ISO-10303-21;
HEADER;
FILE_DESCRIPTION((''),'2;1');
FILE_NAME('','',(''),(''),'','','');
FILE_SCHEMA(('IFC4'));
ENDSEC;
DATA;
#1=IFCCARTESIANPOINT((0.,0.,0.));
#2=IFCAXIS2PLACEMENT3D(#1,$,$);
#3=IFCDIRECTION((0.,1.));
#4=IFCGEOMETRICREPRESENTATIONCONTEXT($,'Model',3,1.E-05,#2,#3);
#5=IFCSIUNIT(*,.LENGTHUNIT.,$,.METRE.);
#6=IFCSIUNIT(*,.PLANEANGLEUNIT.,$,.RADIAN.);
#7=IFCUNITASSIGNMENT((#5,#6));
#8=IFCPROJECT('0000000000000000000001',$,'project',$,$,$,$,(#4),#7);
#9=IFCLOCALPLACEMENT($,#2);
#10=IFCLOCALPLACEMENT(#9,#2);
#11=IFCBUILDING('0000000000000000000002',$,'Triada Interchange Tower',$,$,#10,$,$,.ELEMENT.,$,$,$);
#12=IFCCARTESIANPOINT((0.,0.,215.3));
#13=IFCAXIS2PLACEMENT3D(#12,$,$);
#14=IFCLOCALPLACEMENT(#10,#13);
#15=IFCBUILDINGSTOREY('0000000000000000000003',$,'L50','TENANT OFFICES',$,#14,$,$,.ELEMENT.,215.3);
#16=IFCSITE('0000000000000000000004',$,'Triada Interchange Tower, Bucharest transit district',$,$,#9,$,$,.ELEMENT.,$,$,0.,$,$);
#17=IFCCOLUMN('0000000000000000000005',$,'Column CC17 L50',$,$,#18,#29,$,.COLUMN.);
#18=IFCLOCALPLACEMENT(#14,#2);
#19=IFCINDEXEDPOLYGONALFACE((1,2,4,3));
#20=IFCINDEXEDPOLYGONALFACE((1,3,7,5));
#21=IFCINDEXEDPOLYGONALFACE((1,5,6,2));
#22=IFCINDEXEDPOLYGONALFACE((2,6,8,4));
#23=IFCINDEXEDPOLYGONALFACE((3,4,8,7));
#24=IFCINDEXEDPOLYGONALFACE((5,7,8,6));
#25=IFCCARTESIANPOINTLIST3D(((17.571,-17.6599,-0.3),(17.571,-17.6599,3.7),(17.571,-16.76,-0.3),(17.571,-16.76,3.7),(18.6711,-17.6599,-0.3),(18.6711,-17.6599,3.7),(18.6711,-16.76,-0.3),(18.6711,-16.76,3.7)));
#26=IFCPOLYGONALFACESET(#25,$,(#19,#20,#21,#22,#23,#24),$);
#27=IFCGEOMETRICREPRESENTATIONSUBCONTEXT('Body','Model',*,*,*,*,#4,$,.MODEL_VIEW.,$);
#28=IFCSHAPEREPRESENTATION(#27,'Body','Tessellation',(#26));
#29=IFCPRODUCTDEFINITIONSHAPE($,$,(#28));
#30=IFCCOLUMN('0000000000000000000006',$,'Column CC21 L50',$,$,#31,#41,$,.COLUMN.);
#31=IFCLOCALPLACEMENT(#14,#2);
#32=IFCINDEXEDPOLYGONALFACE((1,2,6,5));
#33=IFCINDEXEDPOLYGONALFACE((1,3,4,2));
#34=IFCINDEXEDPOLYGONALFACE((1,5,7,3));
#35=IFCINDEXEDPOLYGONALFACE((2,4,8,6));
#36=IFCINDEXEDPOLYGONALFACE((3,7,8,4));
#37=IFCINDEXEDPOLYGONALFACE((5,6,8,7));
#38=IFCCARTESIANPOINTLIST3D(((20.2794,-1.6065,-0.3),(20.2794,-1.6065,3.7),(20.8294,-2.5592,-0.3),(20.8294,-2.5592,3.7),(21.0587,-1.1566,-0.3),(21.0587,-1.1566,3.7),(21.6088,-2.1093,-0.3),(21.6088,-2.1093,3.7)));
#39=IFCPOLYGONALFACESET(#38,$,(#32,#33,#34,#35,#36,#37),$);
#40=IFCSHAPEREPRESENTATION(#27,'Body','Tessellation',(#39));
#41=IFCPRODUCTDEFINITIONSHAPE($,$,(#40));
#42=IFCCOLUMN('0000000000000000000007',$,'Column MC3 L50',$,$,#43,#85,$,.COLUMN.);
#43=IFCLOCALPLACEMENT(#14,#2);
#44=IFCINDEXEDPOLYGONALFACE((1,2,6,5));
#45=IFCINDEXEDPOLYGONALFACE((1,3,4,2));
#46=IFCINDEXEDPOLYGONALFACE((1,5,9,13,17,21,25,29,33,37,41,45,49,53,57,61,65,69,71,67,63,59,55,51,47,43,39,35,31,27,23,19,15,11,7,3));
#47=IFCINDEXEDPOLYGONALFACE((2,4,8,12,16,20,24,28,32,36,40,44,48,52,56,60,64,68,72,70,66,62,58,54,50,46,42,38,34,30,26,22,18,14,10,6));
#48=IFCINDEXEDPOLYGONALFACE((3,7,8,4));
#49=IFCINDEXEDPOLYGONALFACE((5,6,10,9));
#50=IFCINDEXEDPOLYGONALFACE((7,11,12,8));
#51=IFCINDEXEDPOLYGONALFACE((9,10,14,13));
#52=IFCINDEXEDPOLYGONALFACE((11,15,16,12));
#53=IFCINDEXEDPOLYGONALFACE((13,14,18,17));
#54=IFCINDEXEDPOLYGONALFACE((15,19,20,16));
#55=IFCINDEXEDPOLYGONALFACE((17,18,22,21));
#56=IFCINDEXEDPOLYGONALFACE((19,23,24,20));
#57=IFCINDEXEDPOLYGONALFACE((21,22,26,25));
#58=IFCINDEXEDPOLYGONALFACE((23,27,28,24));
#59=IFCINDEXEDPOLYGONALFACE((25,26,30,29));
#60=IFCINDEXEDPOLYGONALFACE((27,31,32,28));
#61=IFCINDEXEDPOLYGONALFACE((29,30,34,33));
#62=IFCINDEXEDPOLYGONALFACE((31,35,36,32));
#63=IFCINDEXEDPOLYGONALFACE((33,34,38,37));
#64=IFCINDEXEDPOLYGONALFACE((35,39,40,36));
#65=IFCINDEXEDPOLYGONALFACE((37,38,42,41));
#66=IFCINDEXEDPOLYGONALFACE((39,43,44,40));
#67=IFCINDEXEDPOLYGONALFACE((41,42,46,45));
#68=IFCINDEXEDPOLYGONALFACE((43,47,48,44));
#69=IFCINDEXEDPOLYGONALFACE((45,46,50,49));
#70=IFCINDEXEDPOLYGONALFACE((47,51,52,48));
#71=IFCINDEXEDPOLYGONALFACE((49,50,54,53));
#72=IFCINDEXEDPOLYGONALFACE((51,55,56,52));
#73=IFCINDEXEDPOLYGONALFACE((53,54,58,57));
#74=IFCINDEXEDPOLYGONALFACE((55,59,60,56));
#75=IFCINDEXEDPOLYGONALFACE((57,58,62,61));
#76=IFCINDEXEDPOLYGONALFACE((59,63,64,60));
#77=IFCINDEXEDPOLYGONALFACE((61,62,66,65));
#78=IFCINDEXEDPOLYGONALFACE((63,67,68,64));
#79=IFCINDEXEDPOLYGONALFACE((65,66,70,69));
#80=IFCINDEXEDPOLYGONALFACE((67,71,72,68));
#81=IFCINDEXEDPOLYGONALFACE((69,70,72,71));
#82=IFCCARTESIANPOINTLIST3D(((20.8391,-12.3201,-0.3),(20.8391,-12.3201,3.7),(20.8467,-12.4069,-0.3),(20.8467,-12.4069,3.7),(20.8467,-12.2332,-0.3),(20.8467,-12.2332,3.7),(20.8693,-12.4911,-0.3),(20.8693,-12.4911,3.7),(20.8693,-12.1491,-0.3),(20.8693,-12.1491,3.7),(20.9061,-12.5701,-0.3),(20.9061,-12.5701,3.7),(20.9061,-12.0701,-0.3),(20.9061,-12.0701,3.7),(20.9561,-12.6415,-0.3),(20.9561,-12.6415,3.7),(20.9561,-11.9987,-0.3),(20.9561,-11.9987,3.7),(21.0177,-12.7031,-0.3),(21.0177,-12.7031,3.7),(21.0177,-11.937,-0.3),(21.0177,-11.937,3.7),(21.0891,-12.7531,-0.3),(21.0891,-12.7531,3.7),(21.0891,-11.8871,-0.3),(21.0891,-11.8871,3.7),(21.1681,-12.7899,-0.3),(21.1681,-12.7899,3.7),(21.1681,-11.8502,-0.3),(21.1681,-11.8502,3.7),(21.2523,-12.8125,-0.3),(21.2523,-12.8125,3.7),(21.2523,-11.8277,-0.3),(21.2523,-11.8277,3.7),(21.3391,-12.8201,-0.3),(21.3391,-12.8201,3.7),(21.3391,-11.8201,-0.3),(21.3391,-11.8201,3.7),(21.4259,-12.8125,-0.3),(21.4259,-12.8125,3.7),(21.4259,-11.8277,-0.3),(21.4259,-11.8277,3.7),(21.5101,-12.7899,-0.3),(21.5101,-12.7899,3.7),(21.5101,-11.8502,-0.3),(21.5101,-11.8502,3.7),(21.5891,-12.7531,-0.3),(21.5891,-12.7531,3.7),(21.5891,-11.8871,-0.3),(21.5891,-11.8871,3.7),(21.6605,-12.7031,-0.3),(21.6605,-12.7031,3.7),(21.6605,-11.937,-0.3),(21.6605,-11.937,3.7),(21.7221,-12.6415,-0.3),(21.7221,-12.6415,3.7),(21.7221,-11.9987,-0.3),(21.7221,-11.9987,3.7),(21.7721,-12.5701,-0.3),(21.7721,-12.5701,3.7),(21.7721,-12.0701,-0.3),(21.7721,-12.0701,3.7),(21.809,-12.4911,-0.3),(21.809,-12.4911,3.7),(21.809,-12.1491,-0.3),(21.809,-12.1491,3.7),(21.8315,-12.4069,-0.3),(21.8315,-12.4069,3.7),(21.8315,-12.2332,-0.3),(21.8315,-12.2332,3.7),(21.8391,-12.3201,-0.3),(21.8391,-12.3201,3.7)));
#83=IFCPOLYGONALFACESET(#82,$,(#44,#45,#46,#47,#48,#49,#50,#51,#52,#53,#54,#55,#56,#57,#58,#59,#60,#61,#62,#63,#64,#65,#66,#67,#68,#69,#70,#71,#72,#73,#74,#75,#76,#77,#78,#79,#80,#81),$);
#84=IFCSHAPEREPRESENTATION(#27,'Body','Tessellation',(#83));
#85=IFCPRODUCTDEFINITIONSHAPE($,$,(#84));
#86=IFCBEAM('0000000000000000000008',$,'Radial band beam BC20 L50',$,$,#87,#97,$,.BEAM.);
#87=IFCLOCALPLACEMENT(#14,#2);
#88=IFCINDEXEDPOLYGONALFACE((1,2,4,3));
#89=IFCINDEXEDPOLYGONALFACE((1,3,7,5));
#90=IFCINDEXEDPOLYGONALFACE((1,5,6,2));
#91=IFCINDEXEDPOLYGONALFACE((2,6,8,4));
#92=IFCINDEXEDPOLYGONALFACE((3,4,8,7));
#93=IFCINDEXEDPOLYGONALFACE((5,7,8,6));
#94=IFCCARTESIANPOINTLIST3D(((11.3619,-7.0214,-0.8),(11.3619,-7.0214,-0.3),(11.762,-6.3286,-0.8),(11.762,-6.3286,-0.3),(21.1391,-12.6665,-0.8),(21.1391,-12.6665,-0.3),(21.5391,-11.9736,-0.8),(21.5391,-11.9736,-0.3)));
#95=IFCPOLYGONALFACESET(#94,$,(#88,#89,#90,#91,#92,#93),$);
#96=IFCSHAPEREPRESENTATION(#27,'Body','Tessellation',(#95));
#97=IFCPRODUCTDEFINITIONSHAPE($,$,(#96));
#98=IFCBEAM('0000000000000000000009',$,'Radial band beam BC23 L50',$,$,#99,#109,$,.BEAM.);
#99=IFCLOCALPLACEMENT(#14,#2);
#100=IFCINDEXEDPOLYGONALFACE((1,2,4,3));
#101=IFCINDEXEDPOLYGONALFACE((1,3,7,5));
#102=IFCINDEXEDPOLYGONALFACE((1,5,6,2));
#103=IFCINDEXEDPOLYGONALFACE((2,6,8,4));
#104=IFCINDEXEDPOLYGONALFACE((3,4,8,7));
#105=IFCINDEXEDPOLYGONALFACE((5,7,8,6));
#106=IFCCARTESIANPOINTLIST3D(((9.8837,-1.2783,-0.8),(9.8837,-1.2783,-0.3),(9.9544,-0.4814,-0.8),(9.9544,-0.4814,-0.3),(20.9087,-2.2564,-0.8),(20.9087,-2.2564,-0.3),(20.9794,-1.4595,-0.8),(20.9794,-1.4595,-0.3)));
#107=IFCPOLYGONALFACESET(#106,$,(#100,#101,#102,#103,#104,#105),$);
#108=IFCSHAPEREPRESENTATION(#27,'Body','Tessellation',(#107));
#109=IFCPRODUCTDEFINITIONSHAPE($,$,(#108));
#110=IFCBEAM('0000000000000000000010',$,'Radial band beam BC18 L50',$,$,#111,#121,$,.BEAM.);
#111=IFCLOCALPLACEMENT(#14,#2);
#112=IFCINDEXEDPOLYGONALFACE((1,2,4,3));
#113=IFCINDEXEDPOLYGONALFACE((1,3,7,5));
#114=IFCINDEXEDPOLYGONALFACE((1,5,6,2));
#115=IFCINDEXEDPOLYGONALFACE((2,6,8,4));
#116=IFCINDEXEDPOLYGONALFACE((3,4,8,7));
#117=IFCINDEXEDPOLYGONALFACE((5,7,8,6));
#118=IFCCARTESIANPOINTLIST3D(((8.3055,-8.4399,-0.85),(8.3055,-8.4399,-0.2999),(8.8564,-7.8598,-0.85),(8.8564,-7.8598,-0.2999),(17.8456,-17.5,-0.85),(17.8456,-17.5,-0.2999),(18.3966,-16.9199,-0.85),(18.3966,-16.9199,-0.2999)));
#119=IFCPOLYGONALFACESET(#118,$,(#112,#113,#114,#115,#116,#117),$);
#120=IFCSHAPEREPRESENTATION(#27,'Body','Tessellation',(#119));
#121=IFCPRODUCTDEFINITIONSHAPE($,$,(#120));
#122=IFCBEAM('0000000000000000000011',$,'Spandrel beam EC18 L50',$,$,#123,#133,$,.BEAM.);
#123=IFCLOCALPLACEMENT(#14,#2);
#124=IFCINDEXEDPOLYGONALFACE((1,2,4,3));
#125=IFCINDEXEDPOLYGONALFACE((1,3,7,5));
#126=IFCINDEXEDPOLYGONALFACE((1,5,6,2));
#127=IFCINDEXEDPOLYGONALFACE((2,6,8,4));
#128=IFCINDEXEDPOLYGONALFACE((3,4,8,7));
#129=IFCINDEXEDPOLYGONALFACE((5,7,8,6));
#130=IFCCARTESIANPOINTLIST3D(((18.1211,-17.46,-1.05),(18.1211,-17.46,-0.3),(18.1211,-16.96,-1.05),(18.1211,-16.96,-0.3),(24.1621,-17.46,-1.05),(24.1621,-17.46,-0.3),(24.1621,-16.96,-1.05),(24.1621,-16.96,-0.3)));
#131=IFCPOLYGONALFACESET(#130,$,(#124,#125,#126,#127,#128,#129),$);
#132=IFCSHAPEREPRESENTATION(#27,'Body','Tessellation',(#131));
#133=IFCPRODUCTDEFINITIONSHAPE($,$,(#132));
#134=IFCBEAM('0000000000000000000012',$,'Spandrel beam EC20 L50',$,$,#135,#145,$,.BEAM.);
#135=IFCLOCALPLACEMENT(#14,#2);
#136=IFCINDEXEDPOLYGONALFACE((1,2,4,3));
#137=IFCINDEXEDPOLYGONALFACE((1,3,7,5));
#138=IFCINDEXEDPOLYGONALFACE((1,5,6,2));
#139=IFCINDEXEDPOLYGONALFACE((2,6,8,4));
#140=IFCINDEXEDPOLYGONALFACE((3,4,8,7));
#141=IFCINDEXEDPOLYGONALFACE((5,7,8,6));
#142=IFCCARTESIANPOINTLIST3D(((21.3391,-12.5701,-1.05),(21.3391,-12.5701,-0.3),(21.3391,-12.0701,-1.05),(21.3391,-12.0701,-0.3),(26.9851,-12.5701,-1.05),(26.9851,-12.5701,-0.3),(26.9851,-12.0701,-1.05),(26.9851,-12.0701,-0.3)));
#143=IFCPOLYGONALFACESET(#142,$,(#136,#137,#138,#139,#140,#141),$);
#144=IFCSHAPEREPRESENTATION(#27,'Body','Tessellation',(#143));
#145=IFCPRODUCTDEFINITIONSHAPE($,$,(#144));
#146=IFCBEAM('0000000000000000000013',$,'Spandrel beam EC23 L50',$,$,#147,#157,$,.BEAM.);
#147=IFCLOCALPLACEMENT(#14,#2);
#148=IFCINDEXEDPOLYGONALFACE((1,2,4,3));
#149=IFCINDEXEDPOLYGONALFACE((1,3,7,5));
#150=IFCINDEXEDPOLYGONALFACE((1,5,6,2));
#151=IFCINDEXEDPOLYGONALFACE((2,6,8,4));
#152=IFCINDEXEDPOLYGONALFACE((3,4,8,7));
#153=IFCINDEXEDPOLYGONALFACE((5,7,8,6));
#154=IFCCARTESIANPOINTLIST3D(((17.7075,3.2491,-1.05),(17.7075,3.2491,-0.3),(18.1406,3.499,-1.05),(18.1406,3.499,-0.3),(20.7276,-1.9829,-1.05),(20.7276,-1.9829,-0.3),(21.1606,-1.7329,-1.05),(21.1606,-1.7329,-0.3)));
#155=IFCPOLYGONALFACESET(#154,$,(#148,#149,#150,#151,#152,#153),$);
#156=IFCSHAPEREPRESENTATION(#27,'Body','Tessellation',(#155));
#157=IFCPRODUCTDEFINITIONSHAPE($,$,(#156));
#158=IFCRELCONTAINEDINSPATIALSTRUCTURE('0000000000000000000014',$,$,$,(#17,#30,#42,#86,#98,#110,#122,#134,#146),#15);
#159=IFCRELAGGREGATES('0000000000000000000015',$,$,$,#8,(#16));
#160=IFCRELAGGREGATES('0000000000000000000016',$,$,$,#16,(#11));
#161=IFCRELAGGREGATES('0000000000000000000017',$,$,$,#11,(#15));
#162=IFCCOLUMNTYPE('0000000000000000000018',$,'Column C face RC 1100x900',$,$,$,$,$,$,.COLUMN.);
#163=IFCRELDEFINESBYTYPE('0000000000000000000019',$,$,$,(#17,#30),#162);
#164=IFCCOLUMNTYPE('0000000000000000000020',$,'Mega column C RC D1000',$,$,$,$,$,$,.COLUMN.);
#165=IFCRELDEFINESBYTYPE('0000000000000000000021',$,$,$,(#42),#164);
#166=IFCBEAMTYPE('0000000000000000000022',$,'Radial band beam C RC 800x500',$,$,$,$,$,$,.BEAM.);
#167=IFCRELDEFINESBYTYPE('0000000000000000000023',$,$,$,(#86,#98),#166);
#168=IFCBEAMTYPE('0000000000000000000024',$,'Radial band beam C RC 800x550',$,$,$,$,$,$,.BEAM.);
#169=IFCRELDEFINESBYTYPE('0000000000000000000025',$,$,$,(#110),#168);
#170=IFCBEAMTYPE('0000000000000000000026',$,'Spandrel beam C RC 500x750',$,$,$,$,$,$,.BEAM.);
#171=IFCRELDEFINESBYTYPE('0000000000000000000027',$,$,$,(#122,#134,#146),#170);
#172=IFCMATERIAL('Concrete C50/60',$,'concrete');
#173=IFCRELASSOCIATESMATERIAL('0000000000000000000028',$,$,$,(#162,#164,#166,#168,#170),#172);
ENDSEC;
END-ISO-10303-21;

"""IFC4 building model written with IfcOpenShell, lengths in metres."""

from ifc_helpers import new_model, si_unit, direction, frame, origin, origin_2d, place, context, subcontext, project, spatial, rectangle, circle, extrude, material, material_profile, profile_set, type_object, element, save


model = new_model("IFC4")

# Units and contexts
model_context = context("Model", 3, precision=1e-05, world=origin(), true_north=direction((0.0, 1.0)))
body_context = subcontext(model_context, "Body", "Model", "MODEL_VIEW")
ifc_project = project(units=[si_unit("LENGTHUNIT", "METRE"), si_unit("PLANEANGLEUNIT", "RADIAN")], contexts=[model_context])

# Site, building, storey
site_placement = place(None, origin())
site = spatial("IfcSite", under=ifc_project, at=site_placement, Name="Triada Interchange Tower, Bucharest transit district", CompositionType="ELEMENT", RefElevation=0.0)
building_placement = place(site_placement, origin())
building = spatial("IfcBuilding", under=site, at=building_placement, Name="Triada Interchange Tower", CompositionType="ELEMENT")
storey_placement = place(building_placement, frame((0.0, 0.0, 215.3)))
storey = spatial("IfcBuildingStorey", under=building, at=storey_placement, Name="L50", Description="TENANT OFFICES", CompositionType="ELEMENT", Elevation=215.3)

# Columns
ifc_material_1 = material(Name="Concrete C50/60", Category="concrete")
ifc_material_profile_1 = material_profile(ifc_material_1, rectangle(XDim=1.1001, YDim=0.8999, at=origin_2d()), Name="RC 1100x900")
ifc_profile_set_1 = profile_set([ifc_material_profile_1], Name="Concrete C50/60")
column_type_1 = type_object("IfcColumnType", Name="Column C face RC 1100x900", PredefinedType="COLUMN", material=ifc_profile_set_1)
for number, where, z_axis, x_axis, name in (
    (1, (18.1211, -17.21, -0.3), (0.0, 0.0, 1.0), (1.0, 0.0, 0.0), "Column CC17 L50"),
    (2, (20.9441, -1.8579, -0.3), (0.0, 0.0, 1.0), (-0.5, 0.866025, 0.0), "Column CC21 L50"),
):
    element("IfcColumn", number, at=place(storey_placement, frame(where, z_axis=z_axis, x_axis=x_axis)), inside=storey, type_object=column_type_1, Name=name, PredefinedType="COLUMN", context=body_context, shape_type="SweptSolid", body=[
        extrude(rectangle(XDim=1.1001, YDim=0.8999, at=origin_2d()), origin(), (0.0, 0.0, 1.0), 4.0),
    ])
ifc_material_profile_2 = material_profile(ifc_material_1, circle(Radius=0.5, at=origin_2d()), Name="RC D1000")
ifc_profile_set_2 = profile_set([ifc_material_profile_2], Name="Concrete C50/60")
column_type_2 = type_object("IfcColumnType", Name="Mega column C RC D1000", PredefinedType="COLUMN", material=ifc_profile_set_2)
column_placement = place(storey_placement, frame((21.3391, -12.3201, -0.3), z_axis=(0.0, 0.0, 1.0), x_axis=(1.0, 0.0, 0.0)))
element("IfcColumn", 3, at=column_placement, inside=storey, type_object=column_type_2, Name="Column MC3 L50", PredefinedType="COLUMN", context=body_context, shape_type="SweptSolid", body=[
    extrude(circle(Radius=0.5, at=origin_2d()), origin(), (0.0, 0.0, 1.0), 4.0),
])

# Beams
ifc_material_profile_3 = material_profile(ifc_material_1, rectangle(XDim=0.8, YDim=0.5, at=origin_2d()), Name="RC 800x500")
ifc_profile_set_3 = profile_set([ifc_material_profile_3], Name="Concrete C50/60")
beam_type_1 = type_object("IfcBeamType", Name="Radial band beam C RC 800x500", PredefinedType="BEAM", material=ifc_profile_set_3)
beam_1_placement = place(storey_placement, frame((21.3391, -12.3201, -0.55), z_axis=(-0.866017, 0.500014, 0.0), x_axis=(-0.500014, -0.866017, 0.0)))
element("IfcBeam", 4, at=beam_1_placement, inside=storey, type_object=beam_type_1, Name="Radial band beam BC20 L50", PredefinedType="BEAM", context=body_context, shape_type="SweptSolid", body=[
    extrude(rectangle(XDim=0.8, YDim=0.5, at=origin_2d()), origin(), (0.0, 0.0, 1.0), 11.2898),
])
beam_2_placement = place(storey_placement, frame((20.9441, -1.8579, -0.55), z_axis=(-0.996088, 0.088362, 0.0), x_axis=(-0.088362, -0.996088, 0.0)))
element("IfcBeam", 5, at=beam_2_placement, inside=storey, type_object=beam_type_1, Name="Radial band beam BC23 L50", PredefinedType="BEAM", context=body_context, shape_type="SweptSolid", body=[
    extrude(rectangle(XDim=0.8, YDim=0.5, at=origin_2d()), origin(), (0.0, 0.0, 1.0), 11.0684),
])
ifc_material_profile_4 = material_profile(ifc_material_1, rectangle(XDim=0.8, YDim=0.55, at=origin_2d()), Name="RC 800x550")
ifc_profile_set_4 = profile_set([ifc_material_profile_4], Name="Concrete C50/60")
beam_type_2 = type_object("IfcBeamType", Name="Radial band beam C RC 800x550", PredefinedType="BEAM", material=ifc_profile_set_4)
beam_3_placement = place(storey_placement, frame((18.1211, -17.21, -0.575), z_axis=(-0.725112, 0.68863, 0.0), x_axis=(-0.68863, -0.725112, 0.0)))
element("IfcBeam", 6, at=beam_3_placement, inside=storey, type_object=beam_type_2, Name="Radial band beam BC18 L50", PredefinedType="BEAM", context=body_context, shape_type="SweptSolid", body=[
    extrude(rectangle(XDim=0.8, YDim=0.55, at=origin_2d()), origin(), (0.0, 0.0, 1.0), 13.1567),
])
ifc_material_profile_5 = material_profile(ifc_material_1, rectangle(XDim=0.5, YDim=0.75, at=origin_2d()), Name="RC 500x750")
ifc_profile_set_5 = profile_set([ifc_material_profile_5], Name="Concrete C50/60")
beam_type_3 = type_object("IfcBeamType", Name="Spandrel beam C RC 500x750", PredefinedType="BEAM", material=ifc_profile_set_5)
beam_4_placement = place(storey_placement, frame((18.1211, -17.21, -0.675), z_axis=(1.0, 0.0, 0.0), x_axis=(0.0, 1.0, 0.0)))
element("IfcBeam", 7, at=beam_4_placement, inside=storey, type_object=beam_type_3, Name="Spandrel beam EC18 L50", PredefinedType="BEAM", context=body_context, shape_type="SweptSolid", body=[
    extrude(rectangle(XDim=0.5, YDim=0.75, at=origin_2d()), origin(), (0.0, 0.0, 1.0), 6.041),
])
beam_5_placement = place(storey_placement, frame((21.3391, -12.3201, -0.675), z_axis=(1.0, 0.0, 0.0), x_axis=(0.0, 1.0, 0.0)))
element("IfcBeam", 8, at=beam_5_placement, inside=storey, type_object=beam_type_3, Name="Spandrel beam EC20 L50", PredefinedType="BEAM", context=body_context, shape_type="SweptSolid", body=[
    extrude(rectangle(XDim=0.5, YDim=0.75, at=origin_2d()), origin(), (0.0, 0.0, 1.0), 5.646),
])
beam_6_placement = place(storey_placement, frame((20.9441, -1.8579, -0.675), z_axis=(-0.499921, 0.866071, 0.0), x_axis=(-0.866071, -0.499921, 0.0)))
element("IfcBeam", 9, at=beam_6_placement, inside=storey, type_object=beam_type_3, Name="Spandrel beam EC23 L50", PredefinedType="BEAM", context=body_context, shape_type="SweptSolid", body=[
    extrude(rectangle(XDim=0.5, YDim=0.75, at=origin_2d()), origin(), (0.0, 0.0, 1.0), 6.041),
])

save(model, "model.ifc")
